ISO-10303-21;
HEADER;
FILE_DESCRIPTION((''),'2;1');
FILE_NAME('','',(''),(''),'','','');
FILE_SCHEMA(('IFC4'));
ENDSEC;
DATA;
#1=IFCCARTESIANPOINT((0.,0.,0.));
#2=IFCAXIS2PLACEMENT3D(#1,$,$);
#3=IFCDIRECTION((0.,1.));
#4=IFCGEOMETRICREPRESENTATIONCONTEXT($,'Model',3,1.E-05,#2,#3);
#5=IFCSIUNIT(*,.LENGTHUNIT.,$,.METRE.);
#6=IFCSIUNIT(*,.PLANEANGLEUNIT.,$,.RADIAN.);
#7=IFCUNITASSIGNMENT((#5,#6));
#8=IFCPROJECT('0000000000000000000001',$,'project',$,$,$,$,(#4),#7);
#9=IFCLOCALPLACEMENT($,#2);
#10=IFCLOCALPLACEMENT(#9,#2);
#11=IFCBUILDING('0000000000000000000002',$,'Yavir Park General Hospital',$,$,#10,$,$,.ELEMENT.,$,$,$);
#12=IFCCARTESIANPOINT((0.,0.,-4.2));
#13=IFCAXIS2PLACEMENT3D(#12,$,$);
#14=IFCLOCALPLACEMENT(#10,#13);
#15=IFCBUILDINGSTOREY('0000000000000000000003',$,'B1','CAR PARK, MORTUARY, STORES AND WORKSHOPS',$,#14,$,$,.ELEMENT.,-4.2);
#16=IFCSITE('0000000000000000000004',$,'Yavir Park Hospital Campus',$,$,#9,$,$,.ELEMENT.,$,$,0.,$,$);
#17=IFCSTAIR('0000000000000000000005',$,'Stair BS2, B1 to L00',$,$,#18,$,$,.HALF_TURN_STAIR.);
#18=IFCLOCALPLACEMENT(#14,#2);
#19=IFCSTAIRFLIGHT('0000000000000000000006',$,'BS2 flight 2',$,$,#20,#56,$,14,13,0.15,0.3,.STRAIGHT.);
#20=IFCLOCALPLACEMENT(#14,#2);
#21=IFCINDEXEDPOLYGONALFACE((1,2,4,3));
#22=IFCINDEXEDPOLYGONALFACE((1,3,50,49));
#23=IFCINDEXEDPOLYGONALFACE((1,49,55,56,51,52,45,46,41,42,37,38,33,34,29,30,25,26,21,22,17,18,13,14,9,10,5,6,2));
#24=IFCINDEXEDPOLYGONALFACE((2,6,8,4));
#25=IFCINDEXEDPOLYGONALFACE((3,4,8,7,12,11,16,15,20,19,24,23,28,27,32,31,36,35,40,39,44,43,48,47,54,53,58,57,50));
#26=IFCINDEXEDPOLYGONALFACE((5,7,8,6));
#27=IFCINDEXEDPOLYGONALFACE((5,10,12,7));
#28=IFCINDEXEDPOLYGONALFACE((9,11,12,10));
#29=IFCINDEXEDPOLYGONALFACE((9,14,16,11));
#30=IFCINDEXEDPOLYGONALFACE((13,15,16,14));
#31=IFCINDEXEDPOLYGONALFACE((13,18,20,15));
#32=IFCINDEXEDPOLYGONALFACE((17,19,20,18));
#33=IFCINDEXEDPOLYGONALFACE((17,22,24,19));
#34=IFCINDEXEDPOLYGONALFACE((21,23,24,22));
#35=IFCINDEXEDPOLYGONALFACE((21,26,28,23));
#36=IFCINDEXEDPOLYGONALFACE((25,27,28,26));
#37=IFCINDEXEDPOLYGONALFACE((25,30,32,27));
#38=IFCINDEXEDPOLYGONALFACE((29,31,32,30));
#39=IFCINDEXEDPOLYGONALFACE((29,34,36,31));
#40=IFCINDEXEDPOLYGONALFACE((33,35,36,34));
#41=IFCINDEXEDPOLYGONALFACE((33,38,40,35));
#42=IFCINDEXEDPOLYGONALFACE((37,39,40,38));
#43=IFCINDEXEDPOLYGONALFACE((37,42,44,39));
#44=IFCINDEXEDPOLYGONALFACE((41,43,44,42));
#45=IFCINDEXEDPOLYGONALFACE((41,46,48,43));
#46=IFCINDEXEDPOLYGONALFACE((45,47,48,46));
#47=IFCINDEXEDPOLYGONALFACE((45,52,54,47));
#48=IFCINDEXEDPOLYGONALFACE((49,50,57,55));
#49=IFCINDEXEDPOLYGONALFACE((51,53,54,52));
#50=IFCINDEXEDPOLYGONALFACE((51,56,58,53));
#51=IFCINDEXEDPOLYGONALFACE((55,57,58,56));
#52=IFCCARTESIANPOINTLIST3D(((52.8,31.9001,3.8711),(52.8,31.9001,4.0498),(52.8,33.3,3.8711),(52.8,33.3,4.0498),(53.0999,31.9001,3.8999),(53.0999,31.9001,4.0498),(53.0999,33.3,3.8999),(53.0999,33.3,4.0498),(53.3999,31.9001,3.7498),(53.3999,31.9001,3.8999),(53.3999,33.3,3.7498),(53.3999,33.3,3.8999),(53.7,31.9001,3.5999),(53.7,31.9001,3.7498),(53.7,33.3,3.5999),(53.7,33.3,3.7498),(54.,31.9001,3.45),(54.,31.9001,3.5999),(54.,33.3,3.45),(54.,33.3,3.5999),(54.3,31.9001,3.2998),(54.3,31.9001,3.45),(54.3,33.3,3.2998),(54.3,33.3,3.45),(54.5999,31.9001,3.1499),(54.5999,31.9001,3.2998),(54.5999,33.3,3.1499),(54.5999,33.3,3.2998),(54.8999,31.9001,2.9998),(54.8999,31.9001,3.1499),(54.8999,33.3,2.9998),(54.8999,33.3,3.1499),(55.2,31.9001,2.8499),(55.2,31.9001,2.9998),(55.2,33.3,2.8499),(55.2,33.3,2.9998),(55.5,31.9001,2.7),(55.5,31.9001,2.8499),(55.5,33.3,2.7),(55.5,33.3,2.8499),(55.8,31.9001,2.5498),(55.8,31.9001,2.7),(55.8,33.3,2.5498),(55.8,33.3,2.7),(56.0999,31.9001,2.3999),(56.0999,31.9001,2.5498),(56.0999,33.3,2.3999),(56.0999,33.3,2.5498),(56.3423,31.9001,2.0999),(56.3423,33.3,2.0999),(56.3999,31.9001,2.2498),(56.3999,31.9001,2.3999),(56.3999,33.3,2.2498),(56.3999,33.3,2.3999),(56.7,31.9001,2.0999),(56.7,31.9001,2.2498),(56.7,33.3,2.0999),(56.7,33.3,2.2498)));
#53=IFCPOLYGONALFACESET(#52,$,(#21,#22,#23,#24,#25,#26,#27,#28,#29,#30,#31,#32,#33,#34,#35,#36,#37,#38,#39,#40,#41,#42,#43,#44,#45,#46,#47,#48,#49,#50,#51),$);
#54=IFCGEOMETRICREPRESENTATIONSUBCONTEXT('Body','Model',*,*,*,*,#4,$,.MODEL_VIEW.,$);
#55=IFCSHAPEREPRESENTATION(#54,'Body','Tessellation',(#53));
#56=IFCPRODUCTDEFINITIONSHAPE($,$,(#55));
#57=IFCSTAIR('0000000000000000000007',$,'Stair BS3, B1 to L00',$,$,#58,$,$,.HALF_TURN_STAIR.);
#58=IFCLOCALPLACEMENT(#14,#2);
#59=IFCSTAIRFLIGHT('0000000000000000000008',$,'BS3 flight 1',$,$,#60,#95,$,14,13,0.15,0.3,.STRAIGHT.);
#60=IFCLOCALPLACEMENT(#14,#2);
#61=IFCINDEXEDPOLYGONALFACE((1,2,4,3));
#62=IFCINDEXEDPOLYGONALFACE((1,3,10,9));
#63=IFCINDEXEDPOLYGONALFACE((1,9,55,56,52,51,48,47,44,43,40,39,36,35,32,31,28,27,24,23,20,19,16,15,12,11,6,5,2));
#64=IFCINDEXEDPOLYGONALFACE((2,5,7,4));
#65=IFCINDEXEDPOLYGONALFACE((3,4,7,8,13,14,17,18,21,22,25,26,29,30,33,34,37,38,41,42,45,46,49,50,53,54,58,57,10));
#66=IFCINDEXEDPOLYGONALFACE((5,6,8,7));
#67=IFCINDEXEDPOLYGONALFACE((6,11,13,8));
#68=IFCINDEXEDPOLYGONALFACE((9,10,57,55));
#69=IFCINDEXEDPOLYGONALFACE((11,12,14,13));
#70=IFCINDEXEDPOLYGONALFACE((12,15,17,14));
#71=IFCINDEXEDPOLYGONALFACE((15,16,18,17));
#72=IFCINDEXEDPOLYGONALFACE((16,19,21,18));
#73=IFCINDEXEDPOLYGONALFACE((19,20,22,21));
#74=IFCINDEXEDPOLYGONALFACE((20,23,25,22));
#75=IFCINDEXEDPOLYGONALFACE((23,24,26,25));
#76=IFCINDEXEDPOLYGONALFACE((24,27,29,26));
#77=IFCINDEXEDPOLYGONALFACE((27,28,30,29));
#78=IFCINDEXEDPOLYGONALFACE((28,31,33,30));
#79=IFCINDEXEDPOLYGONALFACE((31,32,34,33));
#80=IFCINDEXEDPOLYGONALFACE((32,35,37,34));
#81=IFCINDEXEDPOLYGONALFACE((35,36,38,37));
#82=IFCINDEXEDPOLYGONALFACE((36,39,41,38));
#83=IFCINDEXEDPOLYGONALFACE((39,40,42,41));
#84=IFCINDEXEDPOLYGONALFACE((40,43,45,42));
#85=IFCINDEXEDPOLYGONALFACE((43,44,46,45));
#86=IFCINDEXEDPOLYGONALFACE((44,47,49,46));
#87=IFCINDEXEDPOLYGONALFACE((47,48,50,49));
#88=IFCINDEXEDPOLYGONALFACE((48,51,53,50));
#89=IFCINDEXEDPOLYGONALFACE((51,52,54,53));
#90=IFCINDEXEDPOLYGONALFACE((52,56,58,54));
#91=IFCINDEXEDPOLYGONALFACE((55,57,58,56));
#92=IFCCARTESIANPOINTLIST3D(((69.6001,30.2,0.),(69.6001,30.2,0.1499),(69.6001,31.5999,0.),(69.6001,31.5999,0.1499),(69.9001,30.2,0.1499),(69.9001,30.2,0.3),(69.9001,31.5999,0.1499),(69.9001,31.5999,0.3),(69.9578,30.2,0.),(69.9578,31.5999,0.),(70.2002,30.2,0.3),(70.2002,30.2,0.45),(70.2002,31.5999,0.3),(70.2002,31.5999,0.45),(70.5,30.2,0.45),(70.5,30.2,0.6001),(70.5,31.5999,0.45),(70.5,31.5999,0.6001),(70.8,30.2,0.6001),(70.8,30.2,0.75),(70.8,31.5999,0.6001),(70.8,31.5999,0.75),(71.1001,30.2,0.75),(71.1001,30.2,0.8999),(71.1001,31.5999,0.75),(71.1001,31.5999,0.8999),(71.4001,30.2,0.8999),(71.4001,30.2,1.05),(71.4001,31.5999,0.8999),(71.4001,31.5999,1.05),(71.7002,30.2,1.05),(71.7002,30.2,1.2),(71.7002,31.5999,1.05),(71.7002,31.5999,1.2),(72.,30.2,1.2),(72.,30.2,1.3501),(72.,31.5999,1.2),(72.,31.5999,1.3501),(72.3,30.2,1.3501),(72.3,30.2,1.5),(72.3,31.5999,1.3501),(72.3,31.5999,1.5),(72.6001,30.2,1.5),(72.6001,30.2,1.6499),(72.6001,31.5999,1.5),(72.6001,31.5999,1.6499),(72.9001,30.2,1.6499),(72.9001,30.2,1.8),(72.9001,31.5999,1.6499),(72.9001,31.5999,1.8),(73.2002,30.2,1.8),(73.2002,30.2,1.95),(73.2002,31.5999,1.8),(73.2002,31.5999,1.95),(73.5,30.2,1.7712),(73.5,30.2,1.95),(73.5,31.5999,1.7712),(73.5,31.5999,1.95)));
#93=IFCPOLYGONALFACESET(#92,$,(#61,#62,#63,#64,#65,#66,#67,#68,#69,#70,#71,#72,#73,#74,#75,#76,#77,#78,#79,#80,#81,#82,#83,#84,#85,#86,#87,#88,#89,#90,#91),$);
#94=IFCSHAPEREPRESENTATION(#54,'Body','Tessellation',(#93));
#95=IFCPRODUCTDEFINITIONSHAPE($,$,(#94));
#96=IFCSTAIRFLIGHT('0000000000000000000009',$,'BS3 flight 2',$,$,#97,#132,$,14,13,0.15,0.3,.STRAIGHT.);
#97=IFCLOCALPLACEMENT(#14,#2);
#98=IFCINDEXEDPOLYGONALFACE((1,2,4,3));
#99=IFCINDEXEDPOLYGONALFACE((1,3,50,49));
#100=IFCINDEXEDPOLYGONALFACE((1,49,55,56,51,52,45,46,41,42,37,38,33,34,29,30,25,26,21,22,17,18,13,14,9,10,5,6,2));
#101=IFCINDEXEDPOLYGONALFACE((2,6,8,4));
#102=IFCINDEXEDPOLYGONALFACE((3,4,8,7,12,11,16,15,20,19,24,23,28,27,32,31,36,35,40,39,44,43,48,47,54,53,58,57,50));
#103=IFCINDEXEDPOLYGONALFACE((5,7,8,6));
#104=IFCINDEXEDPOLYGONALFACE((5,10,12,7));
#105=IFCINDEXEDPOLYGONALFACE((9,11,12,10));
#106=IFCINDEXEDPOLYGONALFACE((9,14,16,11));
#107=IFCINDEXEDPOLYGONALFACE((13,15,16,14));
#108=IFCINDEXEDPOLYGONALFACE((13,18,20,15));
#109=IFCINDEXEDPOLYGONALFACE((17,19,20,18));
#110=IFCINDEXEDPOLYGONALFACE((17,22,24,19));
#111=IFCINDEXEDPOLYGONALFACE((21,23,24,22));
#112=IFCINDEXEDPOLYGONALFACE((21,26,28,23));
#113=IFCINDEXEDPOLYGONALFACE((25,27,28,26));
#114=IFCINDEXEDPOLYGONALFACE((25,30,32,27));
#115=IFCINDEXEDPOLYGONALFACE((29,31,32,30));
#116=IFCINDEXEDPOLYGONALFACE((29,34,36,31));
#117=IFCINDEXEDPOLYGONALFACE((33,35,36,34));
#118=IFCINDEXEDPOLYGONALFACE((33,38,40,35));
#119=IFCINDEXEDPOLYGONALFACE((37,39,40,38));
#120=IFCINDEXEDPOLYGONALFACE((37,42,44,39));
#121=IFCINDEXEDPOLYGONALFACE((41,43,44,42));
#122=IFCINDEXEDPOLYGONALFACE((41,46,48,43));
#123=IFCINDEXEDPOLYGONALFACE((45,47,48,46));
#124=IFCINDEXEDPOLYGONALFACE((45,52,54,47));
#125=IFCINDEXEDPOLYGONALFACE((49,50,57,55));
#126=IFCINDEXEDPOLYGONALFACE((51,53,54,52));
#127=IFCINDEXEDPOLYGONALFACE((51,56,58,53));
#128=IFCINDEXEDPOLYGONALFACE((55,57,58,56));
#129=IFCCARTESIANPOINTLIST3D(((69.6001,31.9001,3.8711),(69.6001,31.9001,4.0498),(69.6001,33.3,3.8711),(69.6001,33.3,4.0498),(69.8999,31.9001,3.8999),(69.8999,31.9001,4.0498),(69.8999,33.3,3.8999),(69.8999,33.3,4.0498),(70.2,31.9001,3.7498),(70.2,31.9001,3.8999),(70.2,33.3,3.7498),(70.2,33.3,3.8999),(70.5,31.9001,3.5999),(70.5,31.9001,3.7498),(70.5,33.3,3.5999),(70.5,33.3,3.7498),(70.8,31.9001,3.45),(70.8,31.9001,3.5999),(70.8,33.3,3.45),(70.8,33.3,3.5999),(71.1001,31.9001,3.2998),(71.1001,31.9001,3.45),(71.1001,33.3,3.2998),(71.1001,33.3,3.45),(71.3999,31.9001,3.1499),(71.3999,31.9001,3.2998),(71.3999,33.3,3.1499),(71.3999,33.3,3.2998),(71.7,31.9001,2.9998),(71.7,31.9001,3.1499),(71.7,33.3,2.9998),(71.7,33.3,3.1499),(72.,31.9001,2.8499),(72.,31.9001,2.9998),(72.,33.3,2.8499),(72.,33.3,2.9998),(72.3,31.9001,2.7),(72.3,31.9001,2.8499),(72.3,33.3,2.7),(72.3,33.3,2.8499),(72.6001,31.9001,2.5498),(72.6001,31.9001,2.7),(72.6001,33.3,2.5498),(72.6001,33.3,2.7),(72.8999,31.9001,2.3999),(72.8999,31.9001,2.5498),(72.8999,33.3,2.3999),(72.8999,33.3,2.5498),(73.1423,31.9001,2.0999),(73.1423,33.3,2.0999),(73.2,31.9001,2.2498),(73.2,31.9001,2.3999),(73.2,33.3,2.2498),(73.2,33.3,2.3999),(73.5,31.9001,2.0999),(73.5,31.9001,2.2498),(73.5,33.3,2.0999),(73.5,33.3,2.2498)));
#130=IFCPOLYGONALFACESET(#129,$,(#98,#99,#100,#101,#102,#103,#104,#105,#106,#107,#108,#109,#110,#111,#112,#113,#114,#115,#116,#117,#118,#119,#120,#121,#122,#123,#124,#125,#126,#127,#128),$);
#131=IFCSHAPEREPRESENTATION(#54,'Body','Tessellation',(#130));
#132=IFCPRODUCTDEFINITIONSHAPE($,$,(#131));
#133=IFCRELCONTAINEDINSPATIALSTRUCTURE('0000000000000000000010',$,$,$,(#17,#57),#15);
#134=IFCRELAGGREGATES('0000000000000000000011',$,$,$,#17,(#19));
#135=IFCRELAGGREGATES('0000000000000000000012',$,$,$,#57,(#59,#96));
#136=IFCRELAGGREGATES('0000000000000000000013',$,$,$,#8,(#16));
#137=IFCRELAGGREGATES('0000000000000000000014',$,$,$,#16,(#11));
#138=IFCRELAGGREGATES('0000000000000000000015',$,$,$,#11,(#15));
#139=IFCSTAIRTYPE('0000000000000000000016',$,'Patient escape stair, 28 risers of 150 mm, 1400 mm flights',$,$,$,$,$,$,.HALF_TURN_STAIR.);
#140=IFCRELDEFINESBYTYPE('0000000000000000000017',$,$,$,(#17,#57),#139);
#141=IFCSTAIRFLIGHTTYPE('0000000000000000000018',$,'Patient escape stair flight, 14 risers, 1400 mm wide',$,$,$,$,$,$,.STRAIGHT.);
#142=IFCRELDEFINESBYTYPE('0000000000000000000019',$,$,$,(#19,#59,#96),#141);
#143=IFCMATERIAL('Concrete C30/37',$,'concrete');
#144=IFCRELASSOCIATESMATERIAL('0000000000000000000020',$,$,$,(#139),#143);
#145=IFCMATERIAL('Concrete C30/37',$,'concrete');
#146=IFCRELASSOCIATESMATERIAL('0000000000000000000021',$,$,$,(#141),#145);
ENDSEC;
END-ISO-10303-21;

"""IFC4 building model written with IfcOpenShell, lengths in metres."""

from ifc_helpers import new_model, si_unit, direction, frame, origin, place, context, subcontext, project, spatial, polyline, outline, extrude, material, type_object, element, aggregate, save


model = new_model("IFC4")

# Units and contexts
model_context = context("Model", 3, precision=1e-05, world=origin(), true_north=direction((0.0, 1.0)))
body_context = subcontext(model_context, "Body", "Model", "MODEL_VIEW")
ifc_project = project(units=[si_unit("LENGTHUNIT", "METRE"), si_unit("PLANEANGLEUNIT", "RADIAN")], contexts=[model_context])

# Site, building, storey
site_placement = place(None, origin())
site = spatial("IfcSite", under=ifc_project, at=site_placement, Name="Yavir Park Hospital Campus", CompositionType="ELEMENT", RefElevation=0.0)
building_placement = place(site_placement, origin())
building = spatial("IfcBuilding", under=site, at=building_placement, Name="Yavir Park General Hospital", CompositionType="ELEMENT")
storey_placement = place(building_placement, frame((0.0, 0.0, -4.2)))
storey = spatial("IfcBuildingStorey", under=building, at=storey_placement, Name="B1", Description="CAR PARK, MORTUARY, STORES AND WORKSHOPS", CompositionType="ELEMENT", Elevation=-4.2)

# Stairs, stair flights
ifc_material_1 = material(Name="Concrete C30/37", Category="concrete")
stair_type = type_object("IfcStairType", Name="Patient escape stair, 28 risers of 150 mm, 1400 mm flights", PredefinedType="HALF_TURN_STAIR", material=ifc_material_1)
stair_1_placement = place(storey_placement, origin())
stair_1 = element("IfcStair", 1, at=stair_1_placement, inside=storey, type_object=stair_type, Name="Stair BS2, B1 to L00", PredefinedType="HALF_TURN_STAIR")
ifc_material_2 = material(Name="Concrete C30/37", Category="concrete")
stair_flight_type = type_object("IfcStairFlightType", Name="Patient escape stair flight, 14 risers, 1400 mm wide", PredefinedType="STRAIGHT", material=ifc_material_2)
stair_flight_1_placement = place(storey_placement, frame((56.7, 32.6001, 2.0999), z_axis=(0.0, 0.0, 1.0), x_axis=(-1.0, 0.0, 0.0)))
stair_flight_1 = element("IfcStairFlight", 2, at=stair_flight_1_placement, type_object=stair_flight_type, Name="BS2 flight 2", NumberOfRisers=14, NumberOfTreads=13, PredefinedType="STRAIGHT", RiserHeight=0.15, TreadLength=0.3, context=body_context, shape_type="SweptSolid", body=[
    extrude(outline(polyline([(0.0, 0.0), (0.0, 0.1499), (0.3, 0.1499), (0.3, 0.3), (0.6001, 0.3), (0.6001, 0.45), (0.8999, 0.45), (0.8999, 0.6001), (1.2, 0.6001), (1.2, 0.75), (1.5, 0.75), (1.5, 0.8999), (1.8, 0.8999), (1.8, 1.05), (2.1001, 1.05), (2.1001, 1.2), (2.3999, 1.2), (2.3999, 1.3501), (2.7, 1.3501), (2.7, 1.5), (3.0, 1.5), (3.0, 1.6499), (3.3, 1.6499), (3.3, 1.8), (3.6001, 1.8), (3.6001, 1.95), (3.8999, 1.95), (3.8999, 2.1001), (3.8999, 1.7712), (0.3577, 0.0), (0.0, 0.0)])), frame((0.0, 0.7, 0.0), z_axis=(0.0, -1.0, 0.0), x_axis=(1.0, 0.0, 0.0)), (0.0, 0.0, 1.0), 1.3999),
])
aggregate(stair_1, [stair_flight_1])
stair_2_placement = place(storey_placement, origin())
stair_2 = element("IfcStair", 3, at=stair_2_placement, inside=storey, type_object=stair_type, Name="Stair BS3, B1 to L00", PredefinedType="HALF_TURN_STAIR")
stair_flight_2_placement = place(storey_placement, frame((69.6001, 30.8999, 0.0), z_axis=(0.0, 0.0, 1.0), x_axis=(1.0, 0.0, 0.0)))
stair_flight_2 = element("IfcStairFlight", 4, at=stair_flight_2_placement, type_object=stair_flight_type, Name="BS3 flight 1", NumberOfRisers=14, NumberOfTreads=13, PredefinedType="STRAIGHT", RiserHeight=0.15, TreadLength=0.3, context=body_context, shape_type="SweptSolid", body=[
    extrude(outline(polyline([(0.0, 0.0), (0.0, 0.1499), (0.3, 0.1499), (0.3, 0.3), (0.6001, 0.3), (0.6001, 0.45), (0.8999, 0.45), (0.8999, 0.6001), (1.2, 0.6001), (1.2, 0.75), (1.5, 0.75), (1.5, 0.8999), (1.8, 0.8999), (1.8, 1.05), (2.1001, 1.05), (2.1001, 1.2), (2.3999, 1.2), (2.3999, 1.3501), (2.7, 1.3501), (2.7, 1.5), (3.0, 1.5), (3.0, 1.6499), (3.3, 1.6499), (3.3, 1.8), (3.6001, 1.8), (3.6001, 1.95), (3.8999, 1.95), (3.8999, 2.1001), (3.8999, 1.7712), (0.3577, 0.0), (0.0, 0.0)])), frame((0.0, 0.7, 0.0), z_axis=(0.0, -1.0, 0.0), x_axis=(1.0, 0.0, 0.0)), (0.0, 0.0, 1.0), 1.3999),
])
stair_flight_3_placement = place(storey_placement, frame((73.5, 32.6001, 2.0999), z_axis=(0.0, 0.0, 1.0), x_axis=(-1.0, 0.0, 0.0)))
stair_flight_3 = element("IfcStairFlight", 5, at=stair_flight_3_placement, type_object=stair_flight_type, Name="BS3 flight 2", NumberOfRisers=14, NumberOfTreads=13, PredefinedType="STRAIGHT", RiserHeight=0.15, TreadLength=0.3, context=body_context, shape_type="SweptSolid", body=[
    extrude(outline(polyline([(0.0, 0.0), (0.0, 0.1499), (0.3, 0.1499), (0.3, 0.3), (0.6001, 0.3), (0.6001, 0.45), (0.8999, 0.45), (0.8999, 0.6001), (1.2, 0.6001), (1.2, 0.75), (1.5, 0.75), (1.5, 0.8999), (1.8, 0.8999), (1.8, 1.05), (2.1001, 1.05), (2.1001, 1.2), (2.3999, 1.2), (2.3999, 1.3501), (2.7, 1.3501), (2.7, 1.5), (3.0, 1.5), (3.0, 1.6499), (3.3, 1.6499), (3.3, 1.8), (3.6001, 1.8), (3.6001, 1.95), (3.8999, 1.95), (3.8999, 2.1001), (3.8999, 1.7712), (0.3577, 0.0), (0.0, 0.0)])), frame((0.0, 0.7, 0.0), z_axis=(0.0, -1.0, 0.0), x_axis=(1.0, 0.0, 0.0)), (0.0, 0.0, 1.0), 1.3999),
])
aggregate(stair_2, [stair_flight_2, stair_flight_3])

save(model, "model.ifc")
